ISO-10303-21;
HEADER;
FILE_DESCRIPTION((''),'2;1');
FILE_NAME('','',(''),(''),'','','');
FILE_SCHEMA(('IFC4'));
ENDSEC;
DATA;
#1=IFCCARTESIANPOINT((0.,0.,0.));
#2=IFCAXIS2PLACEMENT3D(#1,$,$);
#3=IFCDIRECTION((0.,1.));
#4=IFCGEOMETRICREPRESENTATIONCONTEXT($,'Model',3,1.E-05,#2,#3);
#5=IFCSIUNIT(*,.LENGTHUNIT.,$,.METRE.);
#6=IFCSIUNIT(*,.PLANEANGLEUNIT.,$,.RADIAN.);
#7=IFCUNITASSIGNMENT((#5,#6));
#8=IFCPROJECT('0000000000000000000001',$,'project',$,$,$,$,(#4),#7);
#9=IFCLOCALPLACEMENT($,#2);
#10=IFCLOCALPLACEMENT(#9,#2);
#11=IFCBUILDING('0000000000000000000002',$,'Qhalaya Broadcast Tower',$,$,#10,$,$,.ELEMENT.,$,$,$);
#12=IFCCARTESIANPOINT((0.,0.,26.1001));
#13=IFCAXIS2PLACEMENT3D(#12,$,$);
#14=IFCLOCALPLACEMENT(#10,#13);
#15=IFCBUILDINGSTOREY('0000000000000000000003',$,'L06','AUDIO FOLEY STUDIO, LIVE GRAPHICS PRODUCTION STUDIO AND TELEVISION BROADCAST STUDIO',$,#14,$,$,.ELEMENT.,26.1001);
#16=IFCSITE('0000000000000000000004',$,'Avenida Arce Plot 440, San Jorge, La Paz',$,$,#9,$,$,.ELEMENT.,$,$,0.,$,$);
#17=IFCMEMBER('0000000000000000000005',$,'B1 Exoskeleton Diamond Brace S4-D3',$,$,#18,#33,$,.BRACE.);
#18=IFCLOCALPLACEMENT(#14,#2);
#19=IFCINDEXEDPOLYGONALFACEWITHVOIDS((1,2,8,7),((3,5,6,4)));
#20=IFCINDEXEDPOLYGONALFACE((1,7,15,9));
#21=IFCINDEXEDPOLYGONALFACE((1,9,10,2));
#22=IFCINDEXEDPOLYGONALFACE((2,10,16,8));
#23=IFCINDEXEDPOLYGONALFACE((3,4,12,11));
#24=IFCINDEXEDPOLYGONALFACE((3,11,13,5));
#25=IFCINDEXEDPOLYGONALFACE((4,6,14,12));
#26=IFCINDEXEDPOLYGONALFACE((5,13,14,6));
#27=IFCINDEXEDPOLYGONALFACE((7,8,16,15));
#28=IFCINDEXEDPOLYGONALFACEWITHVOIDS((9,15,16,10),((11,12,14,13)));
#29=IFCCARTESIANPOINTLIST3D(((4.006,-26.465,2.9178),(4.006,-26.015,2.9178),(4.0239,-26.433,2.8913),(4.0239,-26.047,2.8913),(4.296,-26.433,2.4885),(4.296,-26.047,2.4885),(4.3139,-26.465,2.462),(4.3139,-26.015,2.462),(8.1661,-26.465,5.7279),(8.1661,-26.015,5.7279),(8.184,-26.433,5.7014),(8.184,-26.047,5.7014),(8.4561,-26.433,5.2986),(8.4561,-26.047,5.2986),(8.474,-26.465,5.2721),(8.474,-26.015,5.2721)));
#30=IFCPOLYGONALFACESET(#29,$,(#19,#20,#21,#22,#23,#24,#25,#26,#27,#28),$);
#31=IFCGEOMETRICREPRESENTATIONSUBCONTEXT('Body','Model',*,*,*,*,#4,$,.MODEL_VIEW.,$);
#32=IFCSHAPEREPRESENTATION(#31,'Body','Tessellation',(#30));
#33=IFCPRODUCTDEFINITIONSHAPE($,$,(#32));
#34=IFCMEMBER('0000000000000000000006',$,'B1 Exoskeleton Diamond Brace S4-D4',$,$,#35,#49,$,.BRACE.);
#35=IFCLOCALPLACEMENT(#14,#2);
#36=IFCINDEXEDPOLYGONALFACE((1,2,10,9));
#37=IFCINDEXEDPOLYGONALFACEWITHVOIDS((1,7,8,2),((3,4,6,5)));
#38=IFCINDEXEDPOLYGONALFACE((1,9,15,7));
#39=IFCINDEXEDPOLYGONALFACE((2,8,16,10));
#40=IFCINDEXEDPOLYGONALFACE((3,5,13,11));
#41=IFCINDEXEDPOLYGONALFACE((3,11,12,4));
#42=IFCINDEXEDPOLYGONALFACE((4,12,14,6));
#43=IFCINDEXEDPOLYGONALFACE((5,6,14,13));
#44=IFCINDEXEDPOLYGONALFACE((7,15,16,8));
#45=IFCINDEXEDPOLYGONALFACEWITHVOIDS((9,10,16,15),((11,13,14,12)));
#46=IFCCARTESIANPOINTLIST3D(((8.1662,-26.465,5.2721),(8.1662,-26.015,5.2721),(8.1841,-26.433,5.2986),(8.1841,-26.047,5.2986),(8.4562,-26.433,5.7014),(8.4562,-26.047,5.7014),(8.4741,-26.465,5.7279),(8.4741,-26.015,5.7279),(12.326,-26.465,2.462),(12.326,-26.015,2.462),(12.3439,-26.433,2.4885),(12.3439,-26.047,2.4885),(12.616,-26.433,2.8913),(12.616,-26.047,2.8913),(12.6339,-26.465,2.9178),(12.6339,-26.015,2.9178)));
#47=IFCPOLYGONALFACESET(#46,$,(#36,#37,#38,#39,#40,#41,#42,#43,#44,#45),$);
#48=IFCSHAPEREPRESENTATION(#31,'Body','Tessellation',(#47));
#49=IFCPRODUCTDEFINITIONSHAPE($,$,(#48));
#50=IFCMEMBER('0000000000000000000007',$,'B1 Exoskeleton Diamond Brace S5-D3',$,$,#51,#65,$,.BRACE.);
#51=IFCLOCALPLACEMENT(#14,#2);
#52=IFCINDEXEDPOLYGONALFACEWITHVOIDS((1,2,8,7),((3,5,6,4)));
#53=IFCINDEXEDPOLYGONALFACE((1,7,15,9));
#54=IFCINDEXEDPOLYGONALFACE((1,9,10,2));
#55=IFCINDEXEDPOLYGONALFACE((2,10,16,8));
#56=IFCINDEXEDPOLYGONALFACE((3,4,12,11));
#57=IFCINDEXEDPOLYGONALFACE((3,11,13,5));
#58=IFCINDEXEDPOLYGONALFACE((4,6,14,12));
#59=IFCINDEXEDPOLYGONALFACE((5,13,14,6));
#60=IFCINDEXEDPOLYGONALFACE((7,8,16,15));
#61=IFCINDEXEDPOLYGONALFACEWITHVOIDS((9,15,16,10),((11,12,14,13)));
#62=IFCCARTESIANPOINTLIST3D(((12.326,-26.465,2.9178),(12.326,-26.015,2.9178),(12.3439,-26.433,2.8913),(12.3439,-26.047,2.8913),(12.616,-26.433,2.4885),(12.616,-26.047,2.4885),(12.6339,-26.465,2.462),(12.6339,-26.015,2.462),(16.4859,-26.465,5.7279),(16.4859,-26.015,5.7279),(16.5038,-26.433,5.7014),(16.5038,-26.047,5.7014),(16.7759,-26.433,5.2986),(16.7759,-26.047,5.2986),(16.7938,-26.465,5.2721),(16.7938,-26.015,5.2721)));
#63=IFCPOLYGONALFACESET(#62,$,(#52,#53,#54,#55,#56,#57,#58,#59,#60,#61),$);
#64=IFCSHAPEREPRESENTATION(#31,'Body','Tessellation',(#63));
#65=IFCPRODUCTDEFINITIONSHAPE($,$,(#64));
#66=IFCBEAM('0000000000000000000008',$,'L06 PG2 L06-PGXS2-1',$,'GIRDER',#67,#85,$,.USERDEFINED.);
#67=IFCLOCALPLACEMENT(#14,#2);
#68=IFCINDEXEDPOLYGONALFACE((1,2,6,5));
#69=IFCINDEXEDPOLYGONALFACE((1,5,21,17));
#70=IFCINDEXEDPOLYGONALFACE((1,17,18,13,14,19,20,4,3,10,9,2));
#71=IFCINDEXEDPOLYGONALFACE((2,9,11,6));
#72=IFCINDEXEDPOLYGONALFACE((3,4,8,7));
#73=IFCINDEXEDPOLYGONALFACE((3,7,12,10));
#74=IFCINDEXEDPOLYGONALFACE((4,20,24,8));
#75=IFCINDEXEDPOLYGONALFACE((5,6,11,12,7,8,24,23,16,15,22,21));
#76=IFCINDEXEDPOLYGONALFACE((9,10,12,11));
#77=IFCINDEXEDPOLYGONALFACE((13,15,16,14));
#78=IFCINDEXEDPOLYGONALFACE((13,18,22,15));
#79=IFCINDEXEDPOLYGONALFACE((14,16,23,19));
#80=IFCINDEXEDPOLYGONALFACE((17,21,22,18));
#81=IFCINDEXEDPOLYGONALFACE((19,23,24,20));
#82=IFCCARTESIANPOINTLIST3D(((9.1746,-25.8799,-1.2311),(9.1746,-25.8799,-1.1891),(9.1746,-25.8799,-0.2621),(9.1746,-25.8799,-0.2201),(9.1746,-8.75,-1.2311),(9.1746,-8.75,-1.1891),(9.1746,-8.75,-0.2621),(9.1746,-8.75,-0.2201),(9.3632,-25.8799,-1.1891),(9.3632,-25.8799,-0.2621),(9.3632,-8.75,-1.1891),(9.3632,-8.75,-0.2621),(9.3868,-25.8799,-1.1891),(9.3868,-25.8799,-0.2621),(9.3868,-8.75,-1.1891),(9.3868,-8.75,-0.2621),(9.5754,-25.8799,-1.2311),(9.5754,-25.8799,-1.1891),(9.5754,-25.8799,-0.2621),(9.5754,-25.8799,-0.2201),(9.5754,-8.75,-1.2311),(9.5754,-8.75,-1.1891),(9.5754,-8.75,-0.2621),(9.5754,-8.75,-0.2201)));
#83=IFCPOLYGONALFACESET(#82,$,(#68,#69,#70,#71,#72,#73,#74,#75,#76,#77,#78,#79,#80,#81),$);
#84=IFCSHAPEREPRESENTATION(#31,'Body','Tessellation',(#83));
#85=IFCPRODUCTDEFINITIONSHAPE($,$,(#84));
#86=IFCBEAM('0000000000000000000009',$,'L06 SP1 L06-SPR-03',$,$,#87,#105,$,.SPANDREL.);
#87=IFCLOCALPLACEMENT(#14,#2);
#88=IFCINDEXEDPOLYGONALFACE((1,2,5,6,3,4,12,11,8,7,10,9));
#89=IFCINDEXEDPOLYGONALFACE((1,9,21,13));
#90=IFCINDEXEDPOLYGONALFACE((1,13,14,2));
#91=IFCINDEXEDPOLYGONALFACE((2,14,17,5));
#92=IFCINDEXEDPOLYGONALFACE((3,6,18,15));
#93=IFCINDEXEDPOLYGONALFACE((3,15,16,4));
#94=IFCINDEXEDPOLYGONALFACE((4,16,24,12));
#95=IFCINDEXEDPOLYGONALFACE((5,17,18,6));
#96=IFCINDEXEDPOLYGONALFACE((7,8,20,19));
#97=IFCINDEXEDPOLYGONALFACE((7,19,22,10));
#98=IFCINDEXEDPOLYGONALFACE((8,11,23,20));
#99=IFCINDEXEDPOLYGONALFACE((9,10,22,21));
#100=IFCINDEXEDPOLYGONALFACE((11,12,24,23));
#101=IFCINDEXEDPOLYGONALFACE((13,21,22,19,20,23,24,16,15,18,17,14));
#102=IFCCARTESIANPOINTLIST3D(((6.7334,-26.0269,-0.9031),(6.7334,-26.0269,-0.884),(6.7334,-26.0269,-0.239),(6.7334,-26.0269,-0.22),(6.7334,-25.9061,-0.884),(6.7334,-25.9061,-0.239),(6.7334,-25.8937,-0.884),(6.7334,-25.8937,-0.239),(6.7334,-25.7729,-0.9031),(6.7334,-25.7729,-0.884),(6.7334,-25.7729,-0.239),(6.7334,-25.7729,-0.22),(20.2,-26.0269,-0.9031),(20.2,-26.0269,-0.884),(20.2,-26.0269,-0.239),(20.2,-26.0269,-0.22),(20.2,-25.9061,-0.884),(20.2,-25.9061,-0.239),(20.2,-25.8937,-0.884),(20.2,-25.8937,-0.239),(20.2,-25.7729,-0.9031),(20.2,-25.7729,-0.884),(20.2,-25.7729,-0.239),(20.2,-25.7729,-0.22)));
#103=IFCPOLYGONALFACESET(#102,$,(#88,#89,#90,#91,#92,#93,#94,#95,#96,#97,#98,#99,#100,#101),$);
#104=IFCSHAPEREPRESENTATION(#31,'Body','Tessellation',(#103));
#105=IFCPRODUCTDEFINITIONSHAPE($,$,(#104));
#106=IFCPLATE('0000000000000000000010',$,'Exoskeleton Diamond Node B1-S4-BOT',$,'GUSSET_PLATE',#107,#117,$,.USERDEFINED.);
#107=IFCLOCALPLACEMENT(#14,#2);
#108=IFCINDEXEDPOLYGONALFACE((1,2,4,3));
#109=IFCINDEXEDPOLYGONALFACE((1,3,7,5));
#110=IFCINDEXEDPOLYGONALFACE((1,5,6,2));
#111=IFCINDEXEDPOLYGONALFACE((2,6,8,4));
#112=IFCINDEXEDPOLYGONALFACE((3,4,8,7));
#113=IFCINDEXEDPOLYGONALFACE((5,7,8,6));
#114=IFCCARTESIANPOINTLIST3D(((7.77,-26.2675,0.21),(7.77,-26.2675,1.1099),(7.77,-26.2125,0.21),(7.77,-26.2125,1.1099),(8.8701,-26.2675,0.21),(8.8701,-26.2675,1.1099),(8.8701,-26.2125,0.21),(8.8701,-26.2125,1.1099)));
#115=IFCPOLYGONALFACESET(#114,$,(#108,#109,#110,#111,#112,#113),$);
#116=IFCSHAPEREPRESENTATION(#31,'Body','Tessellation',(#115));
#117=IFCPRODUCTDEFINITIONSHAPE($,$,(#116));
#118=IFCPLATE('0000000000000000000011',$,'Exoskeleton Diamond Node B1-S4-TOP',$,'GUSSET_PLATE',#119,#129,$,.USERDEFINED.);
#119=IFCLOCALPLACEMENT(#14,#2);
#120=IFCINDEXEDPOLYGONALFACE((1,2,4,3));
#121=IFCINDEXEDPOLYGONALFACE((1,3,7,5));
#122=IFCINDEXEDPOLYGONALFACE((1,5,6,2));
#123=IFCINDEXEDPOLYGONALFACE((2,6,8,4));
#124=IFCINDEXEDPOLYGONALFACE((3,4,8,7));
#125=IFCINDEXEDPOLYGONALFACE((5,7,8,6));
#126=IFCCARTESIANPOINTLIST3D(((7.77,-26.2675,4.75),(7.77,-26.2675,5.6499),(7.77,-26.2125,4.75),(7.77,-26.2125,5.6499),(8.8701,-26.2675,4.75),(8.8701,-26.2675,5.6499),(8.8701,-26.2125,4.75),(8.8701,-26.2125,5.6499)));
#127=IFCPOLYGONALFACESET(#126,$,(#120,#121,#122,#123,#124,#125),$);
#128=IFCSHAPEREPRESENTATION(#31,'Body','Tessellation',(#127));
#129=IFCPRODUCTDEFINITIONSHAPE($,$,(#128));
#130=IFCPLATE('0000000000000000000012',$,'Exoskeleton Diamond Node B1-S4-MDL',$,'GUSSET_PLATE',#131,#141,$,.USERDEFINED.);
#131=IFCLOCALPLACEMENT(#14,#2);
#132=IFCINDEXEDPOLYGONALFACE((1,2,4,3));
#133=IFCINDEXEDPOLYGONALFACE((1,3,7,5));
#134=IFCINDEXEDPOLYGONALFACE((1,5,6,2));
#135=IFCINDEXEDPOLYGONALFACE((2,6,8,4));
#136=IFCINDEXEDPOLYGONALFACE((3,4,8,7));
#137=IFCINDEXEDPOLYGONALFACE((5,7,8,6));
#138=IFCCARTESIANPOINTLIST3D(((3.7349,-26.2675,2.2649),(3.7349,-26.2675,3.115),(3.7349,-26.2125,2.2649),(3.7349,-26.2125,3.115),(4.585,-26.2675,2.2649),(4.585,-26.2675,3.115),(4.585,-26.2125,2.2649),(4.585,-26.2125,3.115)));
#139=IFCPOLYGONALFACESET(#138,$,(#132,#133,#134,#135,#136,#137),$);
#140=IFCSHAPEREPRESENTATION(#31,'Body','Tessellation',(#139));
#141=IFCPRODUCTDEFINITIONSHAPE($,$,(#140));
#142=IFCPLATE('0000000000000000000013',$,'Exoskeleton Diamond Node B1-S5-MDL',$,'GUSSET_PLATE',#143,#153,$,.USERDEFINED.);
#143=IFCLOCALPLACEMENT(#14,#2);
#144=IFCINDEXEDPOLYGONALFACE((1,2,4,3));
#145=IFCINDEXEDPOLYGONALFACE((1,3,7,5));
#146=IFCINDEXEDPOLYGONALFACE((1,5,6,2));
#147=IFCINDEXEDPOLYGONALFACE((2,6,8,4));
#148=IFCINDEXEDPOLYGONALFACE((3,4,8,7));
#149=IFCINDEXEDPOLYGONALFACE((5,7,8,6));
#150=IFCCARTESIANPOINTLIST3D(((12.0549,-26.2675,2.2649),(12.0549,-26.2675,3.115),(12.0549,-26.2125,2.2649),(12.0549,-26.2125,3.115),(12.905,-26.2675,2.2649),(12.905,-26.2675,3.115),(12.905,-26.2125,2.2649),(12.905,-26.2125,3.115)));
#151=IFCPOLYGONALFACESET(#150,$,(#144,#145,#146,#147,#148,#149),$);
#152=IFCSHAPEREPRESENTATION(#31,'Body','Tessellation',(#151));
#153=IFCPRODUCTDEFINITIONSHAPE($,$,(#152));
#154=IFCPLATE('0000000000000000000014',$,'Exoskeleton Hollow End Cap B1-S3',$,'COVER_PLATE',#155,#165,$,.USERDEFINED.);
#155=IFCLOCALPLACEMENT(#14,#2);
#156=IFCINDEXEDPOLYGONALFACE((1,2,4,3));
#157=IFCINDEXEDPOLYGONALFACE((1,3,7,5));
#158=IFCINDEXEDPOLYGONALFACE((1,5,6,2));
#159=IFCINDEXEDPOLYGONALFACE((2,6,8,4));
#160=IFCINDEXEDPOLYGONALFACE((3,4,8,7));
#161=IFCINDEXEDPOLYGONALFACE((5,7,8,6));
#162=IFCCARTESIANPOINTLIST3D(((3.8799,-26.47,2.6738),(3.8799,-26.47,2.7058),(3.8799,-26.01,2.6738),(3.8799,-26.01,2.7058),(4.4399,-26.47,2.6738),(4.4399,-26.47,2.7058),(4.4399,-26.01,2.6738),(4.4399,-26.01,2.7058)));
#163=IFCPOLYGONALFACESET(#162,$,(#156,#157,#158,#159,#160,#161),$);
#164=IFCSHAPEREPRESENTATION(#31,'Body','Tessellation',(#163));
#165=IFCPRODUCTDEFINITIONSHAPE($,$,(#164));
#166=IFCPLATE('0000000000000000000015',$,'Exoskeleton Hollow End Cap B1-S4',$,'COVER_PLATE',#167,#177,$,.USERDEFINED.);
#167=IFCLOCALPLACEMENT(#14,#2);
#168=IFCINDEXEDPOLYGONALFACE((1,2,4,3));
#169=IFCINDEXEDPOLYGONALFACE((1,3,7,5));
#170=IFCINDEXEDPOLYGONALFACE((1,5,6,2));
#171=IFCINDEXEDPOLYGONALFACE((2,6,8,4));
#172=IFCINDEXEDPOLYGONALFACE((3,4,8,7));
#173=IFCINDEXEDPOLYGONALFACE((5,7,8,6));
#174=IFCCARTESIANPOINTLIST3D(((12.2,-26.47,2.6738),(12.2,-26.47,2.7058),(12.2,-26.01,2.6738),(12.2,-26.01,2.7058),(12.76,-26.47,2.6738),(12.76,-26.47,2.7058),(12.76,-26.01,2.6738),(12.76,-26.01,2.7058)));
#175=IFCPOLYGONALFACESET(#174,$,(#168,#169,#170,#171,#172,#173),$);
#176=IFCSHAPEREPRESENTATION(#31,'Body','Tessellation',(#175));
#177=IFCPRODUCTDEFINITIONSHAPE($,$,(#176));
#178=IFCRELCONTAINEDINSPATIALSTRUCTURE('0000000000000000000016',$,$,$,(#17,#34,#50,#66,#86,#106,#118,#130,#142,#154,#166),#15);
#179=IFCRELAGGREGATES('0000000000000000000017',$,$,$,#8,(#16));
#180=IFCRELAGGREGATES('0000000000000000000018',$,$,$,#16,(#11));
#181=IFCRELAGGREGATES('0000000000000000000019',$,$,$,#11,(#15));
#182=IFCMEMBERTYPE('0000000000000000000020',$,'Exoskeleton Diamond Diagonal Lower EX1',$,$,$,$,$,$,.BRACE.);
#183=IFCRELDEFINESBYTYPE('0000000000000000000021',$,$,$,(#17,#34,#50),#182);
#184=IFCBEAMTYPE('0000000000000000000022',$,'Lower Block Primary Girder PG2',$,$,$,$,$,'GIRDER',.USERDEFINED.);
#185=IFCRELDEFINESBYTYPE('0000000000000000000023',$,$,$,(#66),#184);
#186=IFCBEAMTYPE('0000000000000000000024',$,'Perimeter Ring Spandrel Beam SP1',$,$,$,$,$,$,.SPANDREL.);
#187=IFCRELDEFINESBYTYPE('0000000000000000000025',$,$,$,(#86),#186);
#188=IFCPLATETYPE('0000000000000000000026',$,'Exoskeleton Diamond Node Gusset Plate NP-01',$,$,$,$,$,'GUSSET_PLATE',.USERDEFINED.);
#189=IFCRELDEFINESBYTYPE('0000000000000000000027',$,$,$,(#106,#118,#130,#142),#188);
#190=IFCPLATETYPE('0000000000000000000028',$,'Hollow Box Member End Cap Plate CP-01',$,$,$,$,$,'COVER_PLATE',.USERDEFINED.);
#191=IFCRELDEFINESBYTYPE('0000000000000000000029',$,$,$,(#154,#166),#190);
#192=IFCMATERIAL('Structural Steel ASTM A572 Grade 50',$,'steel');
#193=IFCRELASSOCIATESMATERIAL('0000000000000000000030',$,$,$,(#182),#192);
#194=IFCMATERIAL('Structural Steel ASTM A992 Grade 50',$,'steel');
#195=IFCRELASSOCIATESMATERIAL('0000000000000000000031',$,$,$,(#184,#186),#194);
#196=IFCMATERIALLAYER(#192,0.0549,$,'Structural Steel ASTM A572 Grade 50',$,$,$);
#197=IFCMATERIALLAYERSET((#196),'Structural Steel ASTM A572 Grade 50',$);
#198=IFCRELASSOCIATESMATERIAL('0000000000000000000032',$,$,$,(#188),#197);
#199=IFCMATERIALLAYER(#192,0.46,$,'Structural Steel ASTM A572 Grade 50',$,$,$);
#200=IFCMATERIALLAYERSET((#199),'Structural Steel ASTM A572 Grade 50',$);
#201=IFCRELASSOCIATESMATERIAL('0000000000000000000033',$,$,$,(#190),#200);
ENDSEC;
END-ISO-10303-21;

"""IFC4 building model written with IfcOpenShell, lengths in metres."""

from ifc_helpers import new_model, si_unit, direction, frame, origin, origin_2d, place, context, subcontext, project, spatial, rectangle, hollow_rectangle, i_section, extrude, material, layer, layer_set, material_profile, profile_set, type_object, element, save


model = new_model("IFC4")

# Units and contexts
model_context = context("Model", 3, precision=1e-05, world=origin(), true_north=direction((0.0, 1.0)))
body_context = subcontext(model_context, "Body", "Model", "MODEL_VIEW")
ifc_project = project(units=[si_unit("LENGTHUNIT", "METRE"), si_unit("PLANEANGLEUNIT", "RADIAN")], contexts=[model_context])

# Site, building, storey
site_placement = place(None, origin())
site = spatial("IfcSite", under=ifc_project, at=site_placement, Name="Avenida Arce Plot 440, San Jorge, La Paz", CompositionType="ELEMENT", RefElevation=0.0)
building_placement = place(site_placement, origin())
building = spatial("IfcBuilding", under=site, at=building_placement, Name="Qhalaya Broadcast Tower", CompositionType="ELEMENT")
storey_placement = place(building_placement, frame((0.0, 0.0, 26.1001)))
storey = spatial("IfcBuildingStorey", under=building, at=storey_placement, Name="L06", Description="AUDIO FOLEY STUDIO, LIVE GRAPHICS PRODUCTION STUDIO AND TELEVISION BROADCAST STUDIO", CompositionType="ELEMENT", Elevation=26.1001)

# Shared definitions
ifc_material_1 = material(Name="Structural Steel ASTM A992 Grade 50", Category="steel")
ifc_material_2 = material(Name="Structural Steel ASTM A572 Grade 50", Category="steel")

# Members
ifc_material_profile_1 = material_profile(ifc_material_2, hollow_rectangle(XDim=0.45, YDim=0.55, WallThickness=0.032, at=origin_2d()), Name="BOX 450x550x32")
ifc_profile_set_1 = profile_set([ifc_material_profile_1], Name="Structural Steel ASTM A572 Grade 50")
member_type = type_object("IfcMemberType", Name="Exoskeleton Diamond Diagonal Lower EX1", PredefinedType="BRACE", material=ifc_profile_set_1)
member_1_placement = place(storey_placement, frame((4.1599, -26.24, 2.6899), z_axis=(0.828668, 0.0, 0.55974), x_axis=(0.0, 1.0, 0.0)))
element("IfcMember", 1, at=member_1_placement, inside=storey, type_object=member_type, Name="B1 Exoskeleton Diamond Brace S4-D3", PredefinedType="BRACE", context=body_context, shape_type="SweptSolid", body=[
    extrude(hollow_rectangle(XDim=0.45, YDim=0.55, WallThickness=0.032, at=origin_2d()), origin(), (0.0, 0.0, 1.0), 5.0203),
])
for number, where, z_axis, x_axis, name in (
    (2, (12.48, -26.24, 2.6899), (-0.828653, 0.0, 0.559763), (0.0, -1.0, 0.0), "B1 Exoskeleton Diamond Brace S4-D4"),
    (3, (12.48, -26.24, 2.6899), (0.828653, 0.0, 0.559763), (0.0, 1.0, 0.0), "B1 Exoskeleton Diamond Brace S5-D3"),
):
    element("IfcMember", number, at=place(storey_placement, frame(where, z_axis=z_axis, x_axis=x_axis)), inside=storey, type_object=member_type, Name=name, PredefinedType="BRACE", context=body_context, shape_type="SweptSolid", body=[
        extrude(hollow_rectangle(XDim=0.45, YDim=0.55, WallThickness=0.032, at=origin_2d()), origin(), (0.0, 0.0, 1.0), 5.02),
    ])

# Beams
ifc_material_profile_2 = material_profile(ifc_material_1, i_section(OverallWidth=0.4009, OverallDepth=1.011, WebThickness=0.0237, FlangeThickness=0.042, at=origin_2d()), Name="W40X297")
ifc_profile_set_2 = profile_set([ifc_material_profile_2], Name="Structural Steel ASTM A992 Grade 50")
beam_type_1 = type_object("IfcBeamType", Name="Lower Block Primary Girder PG2", ElementType="GIRDER", PredefinedType="USERDEFINED", material=ifc_profile_set_2)
beam_1_placement = place(storey_placement, frame((9.375, -25.8799, -0.7256), z_axis=(0.0, 1.0, 0.0), x_axis=(-1.0, 0.0, 0.0)))
element("IfcBeam", 4, at=beam_1_placement, inside=storey, type_object=beam_type_1, Name="L06 PG2 L06-PGXS2-1", ObjectType="GIRDER", PredefinedType="USERDEFINED", context=body_context, shape_type="SweptSolid", body=[
    extrude(i_section(OverallWidth=0.4009, OverallDepth=1.011, WebThickness=0.0237, FlangeThickness=0.042, at=origin_2d()), origin(), (0.0, 0.0, 1.0), 17.1299),
])
ifc_material_profile_3 = material_profile(ifc_material_1, i_section(OverallWidth=0.2539, OverallDepth=0.6831, WebThickness=0.0125, FlangeThickness=0.019, at=origin_2d()), Name="W27X94")
ifc_profile_set_3 = profile_set([ifc_material_profile_3], Name="Structural Steel ASTM A992 Grade 50")
beam_type_2 = type_object("IfcBeamType", Name="Perimeter Ring Spandrel Beam SP1", PredefinedType="SPANDREL", material=ifc_profile_set_3)
beam_2_placement = place(storey_placement, frame((6.7334, -25.8999, -0.5615), z_axis=(1.0, 0.0, 0.0), x_axis=(0.0, 1.0, 0.0)))
element("IfcBeam", 5, at=beam_2_placement, inside=storey, type_object=beam_type_2, Name="L06 SP1 L06-SPR-03", PredefinedType="SPANDREL", context=body_context, shape_type="SweptSolid", body=[
    extrude(i_section(OverallWidth=0.2539, OverallDepth=0.6831, WebThickness=0.0125, FlangeThickness=0.019, at=origin_2d()), origin(), (0.0, 0.0, 1.0), 13.4666),
])

# Plates
ifc_layer_1 = layer(ifc_material_2, 0.0549, Name="Structural Steel ASTM A572 Grade 50")
ifc_layer_set_1 = layer_set([ifc_layer_1], Name="Structural Steel ASTM A572 Grade 50")
plate_type_1 = type_object("IfcPlateType", Name="Exoskeleton Diamond Node Gusset Plate NP-01", ElementType="GUSSET_PLATE", PredefinedType="USERDEFINED", material=ifc_layer_set_1)
for number, where, z_axis, x_axis, name in (
    (6, (8.3201, -26.24, 0.21), (0.0, 0.0, 1.0), (1.0, 0.0, 0.0), "Exoskeleton Diamond Node B1-S4-BOT"),
    (7, (8.3201, -26.24, 4.75), (0.0, 0.0, 1.0), (1.0, 0.0, 0.0), "Exoskeleton Diamond Node B1-S4-TOP"),
):
    element("IfcPlate", number, at=place(storey_placement, frame(where, z_axis=z_axis, x_axis=x_axis)), inside=storey, type_object=plate_type_1, Name=name, ObjectType="GUSSET_PLATE", PredefinedType="USERDEFINED", context=body_context, shape_type="SweptSolid", body=[
        extrude(rectangle(XDim=1.1001, YDim=0.0549, at=origin_2d()), origin(), (0.0, 0.0, 1.0), 0.8999),
    ])
for number, where, z_axis, x_axis, name in (
    (8, (4.1599, -26.24, 2.2649), (0.0, 0.0, 1.0), (1.0, 0.0, 0.0), "Exoskeleton Diamond Node B1-S4-MDL"),
    (9, (12.48, -26.24, 2.2649), (0.0, 0.0, 1.0), (1.0, 0.0, 0.0), "Exoskeleton Diamond Node B1-S5-MDL"),
):
    element("IfcPlate", number, at=place(storey_placement, frame(where, z_axis=z_axis, x_axis=x_axis)), inside=storey, type_object=plate_type_1, Name=name, ObjectType="GUSSET_PLATE", PredefinedType="USERDEFINED", context=body_context, shape_type="SweptSolid", body=[
        extrude(rectangle(XDim=0.8501, YDim=0.0549, at=origin_2d()), origin(), (0.0, 0.0, 1.0), 0.8501),
    ])
ifc_layer_2 = layer(ifc_material_2, 0.46, Name="Structural Steel ASTM A572 Grade 50")
ifc_layer_set_2 = layer_set([ifc_layer_2], Name="Structural Steel ASTM A572 Grade 50")
plate_type_2 = type_object("IfcPlateType", Name="Hollow Box Member End Cap Plate CP-01", ElementType="COVER_PLATE", PredefinedType="USERDEFINED", material=ifc_layer_set_2)
for number, where, z_axis, x_axis, name in (
    (10, (4.1599, -26.24, 2.6738), (0.0, 0.0, 1.0), (1.0, 0.0, 0.0), "Exoskeleton Hollow End Cap B1-S3"),
    (11, (12.48, -26.24, 2.6738), (0.0, 0.0, 1.0), (1.0, 0.0, 0.0), "Exoskeleton Hollow End Cap B1-S4"),
):
    element("IfcPlate", number, at=place(storey_placement, frame(where, z_axis=z_axis, x_axis=x_axis)), inside=storey, type_object=plate_type_2, Name=name, ObjectType="COVER_PLATE", PredefinedType="USERDEFINED", context=body_context, shape_type="SweptSolid", body=[
        extrude(rectangle(XDim=0.5601, YDim=0.46, at=origin_2d()), origin(), (0.0, 0.0, 1.0), 0.032),
    ])

save(model, "model.ifc")
